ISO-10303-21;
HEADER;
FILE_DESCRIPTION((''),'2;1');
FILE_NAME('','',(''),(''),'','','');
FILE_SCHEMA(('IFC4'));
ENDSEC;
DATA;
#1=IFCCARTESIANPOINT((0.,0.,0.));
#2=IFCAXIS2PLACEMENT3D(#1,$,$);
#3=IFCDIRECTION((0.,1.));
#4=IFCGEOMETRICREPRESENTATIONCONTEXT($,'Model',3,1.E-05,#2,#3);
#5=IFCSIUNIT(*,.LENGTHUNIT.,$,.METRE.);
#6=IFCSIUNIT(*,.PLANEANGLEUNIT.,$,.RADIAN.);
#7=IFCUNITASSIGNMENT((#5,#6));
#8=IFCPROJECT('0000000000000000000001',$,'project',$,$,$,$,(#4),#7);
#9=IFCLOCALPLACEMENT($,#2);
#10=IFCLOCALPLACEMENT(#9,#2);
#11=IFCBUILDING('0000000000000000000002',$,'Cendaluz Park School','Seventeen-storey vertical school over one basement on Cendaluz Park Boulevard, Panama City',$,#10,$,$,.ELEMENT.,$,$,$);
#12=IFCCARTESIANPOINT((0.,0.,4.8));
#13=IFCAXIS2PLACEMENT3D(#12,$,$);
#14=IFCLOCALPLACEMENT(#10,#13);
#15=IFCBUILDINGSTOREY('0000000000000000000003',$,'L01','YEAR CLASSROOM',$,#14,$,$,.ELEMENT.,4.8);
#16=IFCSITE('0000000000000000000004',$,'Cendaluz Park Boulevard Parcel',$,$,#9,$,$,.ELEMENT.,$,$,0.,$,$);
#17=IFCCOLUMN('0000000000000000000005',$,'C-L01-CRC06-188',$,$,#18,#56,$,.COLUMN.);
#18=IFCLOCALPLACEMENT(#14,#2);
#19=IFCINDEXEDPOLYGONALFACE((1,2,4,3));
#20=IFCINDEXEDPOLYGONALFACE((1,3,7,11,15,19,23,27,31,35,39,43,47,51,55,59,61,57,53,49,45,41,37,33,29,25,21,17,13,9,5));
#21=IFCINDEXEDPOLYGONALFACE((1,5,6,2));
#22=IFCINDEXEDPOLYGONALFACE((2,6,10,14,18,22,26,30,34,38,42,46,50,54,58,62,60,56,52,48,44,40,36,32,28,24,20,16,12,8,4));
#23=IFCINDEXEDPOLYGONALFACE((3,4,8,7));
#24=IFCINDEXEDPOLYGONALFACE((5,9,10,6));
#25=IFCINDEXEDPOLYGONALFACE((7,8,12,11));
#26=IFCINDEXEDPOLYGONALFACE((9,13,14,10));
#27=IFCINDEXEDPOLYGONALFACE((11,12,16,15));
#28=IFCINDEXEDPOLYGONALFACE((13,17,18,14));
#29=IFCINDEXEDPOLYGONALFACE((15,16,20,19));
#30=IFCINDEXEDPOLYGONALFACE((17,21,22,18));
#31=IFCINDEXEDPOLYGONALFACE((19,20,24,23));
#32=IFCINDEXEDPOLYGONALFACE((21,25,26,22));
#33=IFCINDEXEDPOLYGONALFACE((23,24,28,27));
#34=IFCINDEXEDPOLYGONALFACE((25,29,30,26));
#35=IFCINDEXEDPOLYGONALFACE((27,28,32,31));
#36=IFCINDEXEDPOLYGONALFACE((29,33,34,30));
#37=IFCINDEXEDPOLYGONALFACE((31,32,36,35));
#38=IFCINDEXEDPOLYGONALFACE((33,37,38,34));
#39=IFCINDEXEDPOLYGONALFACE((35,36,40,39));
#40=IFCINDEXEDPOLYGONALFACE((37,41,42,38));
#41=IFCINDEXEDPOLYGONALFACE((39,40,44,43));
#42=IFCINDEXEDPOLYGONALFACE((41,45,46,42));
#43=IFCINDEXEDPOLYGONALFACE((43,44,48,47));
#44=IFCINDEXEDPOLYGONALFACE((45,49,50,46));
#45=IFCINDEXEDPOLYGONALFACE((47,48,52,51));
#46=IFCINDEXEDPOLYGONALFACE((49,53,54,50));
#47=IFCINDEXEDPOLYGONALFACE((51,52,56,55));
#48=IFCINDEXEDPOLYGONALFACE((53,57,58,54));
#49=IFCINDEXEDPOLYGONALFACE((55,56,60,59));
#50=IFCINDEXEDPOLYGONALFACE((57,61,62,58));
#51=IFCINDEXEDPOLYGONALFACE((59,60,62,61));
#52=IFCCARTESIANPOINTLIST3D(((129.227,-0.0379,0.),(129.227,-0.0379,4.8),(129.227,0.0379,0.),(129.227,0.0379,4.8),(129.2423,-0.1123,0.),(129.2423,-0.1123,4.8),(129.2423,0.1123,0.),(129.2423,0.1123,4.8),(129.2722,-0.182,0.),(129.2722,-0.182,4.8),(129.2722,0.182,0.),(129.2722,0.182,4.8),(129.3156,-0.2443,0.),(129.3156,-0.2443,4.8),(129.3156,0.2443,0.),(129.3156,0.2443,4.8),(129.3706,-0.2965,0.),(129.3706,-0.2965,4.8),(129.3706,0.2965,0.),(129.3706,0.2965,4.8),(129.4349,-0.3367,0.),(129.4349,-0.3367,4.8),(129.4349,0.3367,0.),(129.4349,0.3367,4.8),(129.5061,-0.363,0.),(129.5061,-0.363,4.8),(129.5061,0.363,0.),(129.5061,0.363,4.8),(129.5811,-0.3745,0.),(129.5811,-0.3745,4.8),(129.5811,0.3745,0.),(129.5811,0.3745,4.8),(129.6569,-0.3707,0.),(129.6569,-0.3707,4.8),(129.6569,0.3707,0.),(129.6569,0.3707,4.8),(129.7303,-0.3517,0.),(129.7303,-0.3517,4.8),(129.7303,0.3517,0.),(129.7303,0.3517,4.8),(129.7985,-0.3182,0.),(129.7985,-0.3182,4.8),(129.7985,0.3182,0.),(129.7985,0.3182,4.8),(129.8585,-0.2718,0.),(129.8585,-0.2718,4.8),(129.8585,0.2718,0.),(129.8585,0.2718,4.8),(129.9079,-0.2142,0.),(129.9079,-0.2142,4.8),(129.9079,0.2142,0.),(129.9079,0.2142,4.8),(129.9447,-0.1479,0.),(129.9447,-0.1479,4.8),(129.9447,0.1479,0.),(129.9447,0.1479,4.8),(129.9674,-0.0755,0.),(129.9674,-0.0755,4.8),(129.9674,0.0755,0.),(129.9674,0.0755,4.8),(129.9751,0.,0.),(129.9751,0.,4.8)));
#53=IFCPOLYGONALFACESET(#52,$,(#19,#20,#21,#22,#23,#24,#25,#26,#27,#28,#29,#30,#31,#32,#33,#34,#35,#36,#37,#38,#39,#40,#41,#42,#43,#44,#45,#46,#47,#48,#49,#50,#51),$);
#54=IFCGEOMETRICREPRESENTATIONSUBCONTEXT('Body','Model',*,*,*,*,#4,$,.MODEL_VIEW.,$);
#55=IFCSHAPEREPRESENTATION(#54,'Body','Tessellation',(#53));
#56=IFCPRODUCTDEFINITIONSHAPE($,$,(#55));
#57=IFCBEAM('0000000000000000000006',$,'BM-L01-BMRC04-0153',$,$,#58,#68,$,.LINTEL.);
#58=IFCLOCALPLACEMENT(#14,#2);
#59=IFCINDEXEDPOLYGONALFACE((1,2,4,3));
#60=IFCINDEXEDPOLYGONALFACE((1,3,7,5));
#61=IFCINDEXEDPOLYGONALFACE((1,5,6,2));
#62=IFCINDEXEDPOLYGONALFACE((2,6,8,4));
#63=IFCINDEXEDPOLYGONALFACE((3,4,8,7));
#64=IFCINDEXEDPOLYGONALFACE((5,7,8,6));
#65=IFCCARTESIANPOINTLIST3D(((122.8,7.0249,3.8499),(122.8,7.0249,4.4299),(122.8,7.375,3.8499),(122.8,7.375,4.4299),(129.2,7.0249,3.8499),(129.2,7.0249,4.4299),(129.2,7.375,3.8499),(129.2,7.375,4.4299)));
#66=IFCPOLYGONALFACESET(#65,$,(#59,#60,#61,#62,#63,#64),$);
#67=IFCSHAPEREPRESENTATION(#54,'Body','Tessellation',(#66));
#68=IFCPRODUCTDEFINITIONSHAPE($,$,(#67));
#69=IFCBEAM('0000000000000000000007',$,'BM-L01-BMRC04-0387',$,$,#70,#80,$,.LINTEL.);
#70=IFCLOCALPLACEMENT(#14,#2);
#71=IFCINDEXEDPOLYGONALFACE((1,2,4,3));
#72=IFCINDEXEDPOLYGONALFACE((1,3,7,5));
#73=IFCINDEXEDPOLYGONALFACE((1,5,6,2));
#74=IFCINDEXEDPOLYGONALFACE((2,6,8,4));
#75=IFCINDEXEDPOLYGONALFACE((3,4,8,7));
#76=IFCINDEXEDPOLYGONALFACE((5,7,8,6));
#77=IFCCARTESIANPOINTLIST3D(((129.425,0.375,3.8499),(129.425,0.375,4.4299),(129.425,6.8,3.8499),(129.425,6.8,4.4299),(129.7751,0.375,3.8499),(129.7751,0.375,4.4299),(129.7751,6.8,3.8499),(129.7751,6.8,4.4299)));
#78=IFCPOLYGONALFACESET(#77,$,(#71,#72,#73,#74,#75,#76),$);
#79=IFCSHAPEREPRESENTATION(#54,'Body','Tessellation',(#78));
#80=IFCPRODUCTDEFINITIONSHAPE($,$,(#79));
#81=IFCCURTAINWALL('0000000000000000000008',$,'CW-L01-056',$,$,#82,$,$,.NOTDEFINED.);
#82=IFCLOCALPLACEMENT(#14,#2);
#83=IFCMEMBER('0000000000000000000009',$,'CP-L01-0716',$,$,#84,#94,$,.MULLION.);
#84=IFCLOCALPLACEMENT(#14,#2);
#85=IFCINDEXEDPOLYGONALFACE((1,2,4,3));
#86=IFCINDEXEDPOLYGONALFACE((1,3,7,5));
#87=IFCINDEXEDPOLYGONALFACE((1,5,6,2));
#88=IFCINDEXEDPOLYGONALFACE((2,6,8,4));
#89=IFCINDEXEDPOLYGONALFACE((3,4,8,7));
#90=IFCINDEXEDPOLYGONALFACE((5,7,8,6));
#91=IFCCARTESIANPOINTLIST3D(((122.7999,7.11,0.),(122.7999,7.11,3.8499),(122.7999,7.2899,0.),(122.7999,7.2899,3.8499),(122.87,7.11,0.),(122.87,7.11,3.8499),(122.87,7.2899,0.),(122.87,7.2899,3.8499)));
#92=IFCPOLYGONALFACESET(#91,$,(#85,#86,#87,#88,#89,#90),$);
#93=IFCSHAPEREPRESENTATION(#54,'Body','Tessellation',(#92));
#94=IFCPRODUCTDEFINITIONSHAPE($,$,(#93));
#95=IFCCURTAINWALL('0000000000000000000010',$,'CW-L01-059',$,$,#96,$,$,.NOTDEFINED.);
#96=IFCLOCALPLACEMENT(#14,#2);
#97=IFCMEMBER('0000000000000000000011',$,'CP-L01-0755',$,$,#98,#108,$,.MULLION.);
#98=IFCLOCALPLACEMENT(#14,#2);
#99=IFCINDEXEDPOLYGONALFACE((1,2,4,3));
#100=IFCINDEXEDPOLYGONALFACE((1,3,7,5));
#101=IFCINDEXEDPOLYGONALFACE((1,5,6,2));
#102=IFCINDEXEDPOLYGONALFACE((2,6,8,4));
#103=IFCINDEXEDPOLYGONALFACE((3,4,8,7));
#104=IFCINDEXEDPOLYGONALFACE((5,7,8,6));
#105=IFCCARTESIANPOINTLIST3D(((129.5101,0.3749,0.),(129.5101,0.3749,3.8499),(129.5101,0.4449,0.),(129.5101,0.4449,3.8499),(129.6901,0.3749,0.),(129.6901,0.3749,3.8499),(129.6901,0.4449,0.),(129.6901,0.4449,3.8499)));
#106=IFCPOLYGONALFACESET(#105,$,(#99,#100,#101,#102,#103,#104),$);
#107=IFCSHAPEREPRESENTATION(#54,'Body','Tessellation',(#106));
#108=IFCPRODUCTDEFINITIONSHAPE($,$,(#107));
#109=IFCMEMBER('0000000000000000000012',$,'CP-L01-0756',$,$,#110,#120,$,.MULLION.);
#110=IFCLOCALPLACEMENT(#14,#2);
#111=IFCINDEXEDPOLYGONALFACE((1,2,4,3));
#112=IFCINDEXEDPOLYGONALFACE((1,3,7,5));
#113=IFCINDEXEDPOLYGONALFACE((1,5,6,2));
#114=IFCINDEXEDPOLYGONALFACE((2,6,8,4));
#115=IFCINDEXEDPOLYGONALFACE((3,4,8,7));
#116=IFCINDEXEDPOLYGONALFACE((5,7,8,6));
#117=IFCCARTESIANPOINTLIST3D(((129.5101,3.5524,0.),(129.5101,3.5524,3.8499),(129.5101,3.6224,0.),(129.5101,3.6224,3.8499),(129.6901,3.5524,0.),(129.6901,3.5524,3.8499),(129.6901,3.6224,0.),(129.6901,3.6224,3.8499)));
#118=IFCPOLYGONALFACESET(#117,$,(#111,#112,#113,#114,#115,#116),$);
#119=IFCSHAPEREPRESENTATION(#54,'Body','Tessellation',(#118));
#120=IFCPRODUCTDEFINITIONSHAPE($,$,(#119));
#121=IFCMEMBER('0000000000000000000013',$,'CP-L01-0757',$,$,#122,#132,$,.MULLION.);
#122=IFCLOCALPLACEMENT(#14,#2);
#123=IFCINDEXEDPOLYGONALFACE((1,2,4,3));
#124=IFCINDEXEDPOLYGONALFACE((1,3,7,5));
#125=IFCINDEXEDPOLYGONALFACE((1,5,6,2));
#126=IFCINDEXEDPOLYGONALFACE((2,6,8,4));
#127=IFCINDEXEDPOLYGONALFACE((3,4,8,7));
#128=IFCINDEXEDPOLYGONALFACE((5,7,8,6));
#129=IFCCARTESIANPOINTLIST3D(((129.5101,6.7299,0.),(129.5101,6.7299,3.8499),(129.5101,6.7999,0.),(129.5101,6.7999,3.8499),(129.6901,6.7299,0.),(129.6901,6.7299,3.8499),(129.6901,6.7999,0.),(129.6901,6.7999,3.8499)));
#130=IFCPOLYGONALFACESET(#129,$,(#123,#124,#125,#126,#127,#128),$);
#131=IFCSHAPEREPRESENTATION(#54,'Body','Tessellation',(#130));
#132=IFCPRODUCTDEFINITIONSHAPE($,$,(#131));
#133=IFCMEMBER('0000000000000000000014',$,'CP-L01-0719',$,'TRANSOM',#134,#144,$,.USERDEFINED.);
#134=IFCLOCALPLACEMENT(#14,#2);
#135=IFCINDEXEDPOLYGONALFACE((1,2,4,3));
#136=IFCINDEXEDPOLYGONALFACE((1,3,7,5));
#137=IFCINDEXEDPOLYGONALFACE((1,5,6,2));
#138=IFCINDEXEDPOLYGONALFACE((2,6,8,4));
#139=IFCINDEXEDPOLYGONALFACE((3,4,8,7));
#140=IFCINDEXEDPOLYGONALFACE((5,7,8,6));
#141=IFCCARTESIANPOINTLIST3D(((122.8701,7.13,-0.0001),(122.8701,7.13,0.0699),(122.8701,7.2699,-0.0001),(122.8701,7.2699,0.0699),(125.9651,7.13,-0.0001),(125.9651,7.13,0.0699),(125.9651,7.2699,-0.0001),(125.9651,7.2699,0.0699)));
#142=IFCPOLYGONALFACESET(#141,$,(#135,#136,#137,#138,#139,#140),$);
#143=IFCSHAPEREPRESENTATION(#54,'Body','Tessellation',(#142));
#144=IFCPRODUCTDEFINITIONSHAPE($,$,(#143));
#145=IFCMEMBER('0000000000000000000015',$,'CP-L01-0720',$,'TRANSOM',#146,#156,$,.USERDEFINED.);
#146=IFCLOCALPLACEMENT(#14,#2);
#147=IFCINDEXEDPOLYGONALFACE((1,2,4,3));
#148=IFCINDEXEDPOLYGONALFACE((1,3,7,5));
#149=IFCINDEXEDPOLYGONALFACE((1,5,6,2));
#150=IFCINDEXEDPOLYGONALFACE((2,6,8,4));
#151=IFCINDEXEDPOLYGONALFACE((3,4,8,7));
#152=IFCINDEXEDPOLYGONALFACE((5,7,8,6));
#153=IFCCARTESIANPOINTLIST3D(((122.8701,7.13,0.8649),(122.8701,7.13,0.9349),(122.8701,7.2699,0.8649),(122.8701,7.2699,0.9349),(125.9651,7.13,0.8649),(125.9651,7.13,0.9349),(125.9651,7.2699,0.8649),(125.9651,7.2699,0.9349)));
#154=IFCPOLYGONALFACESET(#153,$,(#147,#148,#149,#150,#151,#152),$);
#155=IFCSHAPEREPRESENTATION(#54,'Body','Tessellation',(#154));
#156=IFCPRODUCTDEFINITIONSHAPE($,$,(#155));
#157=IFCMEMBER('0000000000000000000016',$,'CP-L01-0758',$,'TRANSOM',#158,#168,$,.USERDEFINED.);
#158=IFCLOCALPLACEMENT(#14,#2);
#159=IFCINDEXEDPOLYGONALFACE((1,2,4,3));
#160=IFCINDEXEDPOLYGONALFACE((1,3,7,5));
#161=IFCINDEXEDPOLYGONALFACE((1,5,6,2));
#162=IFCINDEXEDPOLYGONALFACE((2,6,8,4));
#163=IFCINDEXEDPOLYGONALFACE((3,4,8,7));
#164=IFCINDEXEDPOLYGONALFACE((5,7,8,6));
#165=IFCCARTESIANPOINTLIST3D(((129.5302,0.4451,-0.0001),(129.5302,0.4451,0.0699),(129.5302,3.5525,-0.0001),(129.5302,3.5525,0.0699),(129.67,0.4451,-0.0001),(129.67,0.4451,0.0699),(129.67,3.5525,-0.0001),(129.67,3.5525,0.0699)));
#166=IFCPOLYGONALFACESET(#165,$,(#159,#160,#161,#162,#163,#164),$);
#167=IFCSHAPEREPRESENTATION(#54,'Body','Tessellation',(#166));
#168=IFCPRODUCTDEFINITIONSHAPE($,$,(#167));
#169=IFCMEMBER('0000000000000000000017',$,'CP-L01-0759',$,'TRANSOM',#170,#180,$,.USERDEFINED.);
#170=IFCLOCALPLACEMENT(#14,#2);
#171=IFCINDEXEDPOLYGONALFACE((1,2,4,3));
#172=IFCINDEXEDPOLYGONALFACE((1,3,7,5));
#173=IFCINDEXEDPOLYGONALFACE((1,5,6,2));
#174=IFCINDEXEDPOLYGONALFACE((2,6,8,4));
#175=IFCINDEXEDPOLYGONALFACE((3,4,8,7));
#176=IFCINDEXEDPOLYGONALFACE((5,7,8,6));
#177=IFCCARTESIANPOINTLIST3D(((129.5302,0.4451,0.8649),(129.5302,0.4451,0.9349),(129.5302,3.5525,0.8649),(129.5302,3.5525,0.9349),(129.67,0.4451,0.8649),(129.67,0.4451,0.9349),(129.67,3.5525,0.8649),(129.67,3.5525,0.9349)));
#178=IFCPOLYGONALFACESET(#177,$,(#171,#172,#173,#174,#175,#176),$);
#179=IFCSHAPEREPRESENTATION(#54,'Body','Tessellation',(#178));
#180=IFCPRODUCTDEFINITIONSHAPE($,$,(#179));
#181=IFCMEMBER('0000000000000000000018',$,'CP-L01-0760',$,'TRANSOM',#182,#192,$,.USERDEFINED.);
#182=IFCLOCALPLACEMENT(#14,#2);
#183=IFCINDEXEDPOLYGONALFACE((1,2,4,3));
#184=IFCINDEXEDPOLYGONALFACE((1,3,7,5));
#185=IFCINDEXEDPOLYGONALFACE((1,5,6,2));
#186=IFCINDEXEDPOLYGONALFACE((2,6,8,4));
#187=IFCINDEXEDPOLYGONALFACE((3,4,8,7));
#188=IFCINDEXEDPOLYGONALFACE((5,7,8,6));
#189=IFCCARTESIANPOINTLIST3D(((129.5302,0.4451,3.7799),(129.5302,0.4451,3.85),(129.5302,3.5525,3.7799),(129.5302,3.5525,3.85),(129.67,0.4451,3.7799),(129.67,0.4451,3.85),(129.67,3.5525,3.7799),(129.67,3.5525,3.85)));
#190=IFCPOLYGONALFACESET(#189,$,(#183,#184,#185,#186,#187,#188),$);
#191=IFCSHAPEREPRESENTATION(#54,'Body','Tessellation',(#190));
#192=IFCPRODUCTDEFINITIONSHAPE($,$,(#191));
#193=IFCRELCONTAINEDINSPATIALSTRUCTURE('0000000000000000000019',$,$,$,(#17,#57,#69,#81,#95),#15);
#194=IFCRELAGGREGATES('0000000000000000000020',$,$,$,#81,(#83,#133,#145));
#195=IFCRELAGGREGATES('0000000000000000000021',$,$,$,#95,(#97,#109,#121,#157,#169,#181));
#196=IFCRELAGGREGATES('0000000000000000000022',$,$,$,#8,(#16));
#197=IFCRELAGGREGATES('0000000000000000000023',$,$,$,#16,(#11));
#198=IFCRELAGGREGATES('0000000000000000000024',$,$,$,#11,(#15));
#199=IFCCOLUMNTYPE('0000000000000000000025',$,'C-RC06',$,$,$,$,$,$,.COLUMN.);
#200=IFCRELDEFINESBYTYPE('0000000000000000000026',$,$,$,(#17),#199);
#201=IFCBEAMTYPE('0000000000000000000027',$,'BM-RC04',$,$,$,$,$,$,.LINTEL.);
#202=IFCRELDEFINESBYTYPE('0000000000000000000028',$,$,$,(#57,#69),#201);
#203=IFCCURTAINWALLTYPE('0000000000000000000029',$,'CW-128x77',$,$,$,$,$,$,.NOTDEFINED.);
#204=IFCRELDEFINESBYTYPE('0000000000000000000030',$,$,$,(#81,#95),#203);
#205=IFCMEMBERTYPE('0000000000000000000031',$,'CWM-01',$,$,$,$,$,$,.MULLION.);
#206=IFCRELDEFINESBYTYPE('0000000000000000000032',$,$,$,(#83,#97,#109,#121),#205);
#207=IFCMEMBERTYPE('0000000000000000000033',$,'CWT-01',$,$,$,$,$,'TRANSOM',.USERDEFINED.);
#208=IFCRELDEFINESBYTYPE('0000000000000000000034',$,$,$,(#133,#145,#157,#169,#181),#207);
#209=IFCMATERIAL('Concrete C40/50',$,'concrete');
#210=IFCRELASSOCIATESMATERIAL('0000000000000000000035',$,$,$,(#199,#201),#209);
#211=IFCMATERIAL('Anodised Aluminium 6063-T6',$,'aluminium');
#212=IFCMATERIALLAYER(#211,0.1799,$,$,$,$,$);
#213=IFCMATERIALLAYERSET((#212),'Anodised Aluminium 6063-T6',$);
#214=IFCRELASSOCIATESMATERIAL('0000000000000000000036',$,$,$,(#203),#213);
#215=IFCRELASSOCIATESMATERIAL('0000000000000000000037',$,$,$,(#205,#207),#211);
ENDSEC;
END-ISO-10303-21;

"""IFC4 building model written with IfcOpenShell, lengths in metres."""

from ifc_helpers import new_model, si_unit, direction, frame, origin, origin_2d, place, context, subcontext, project, spatial, rectangle, circle, extrude, material, layer, layer_set, material_profile, profile_set, type_object, element, aggregate, save


model = new_model("IFC4")

# Units and contexts
model_context = context("Model", 3, precision=1e-05, world=origin(), true_north=direction((0.0, 1.0)))
body_context = subcontext(model_context, "Body", "Model", "MODEL_VIEW")
ifc_project = project(units=[si_unit("LENGTHUNIT", "METRE"), si_unit("PLANEANGLEUNIT", "RADIAN")], contexts=[model_context])

# Site, building, storey
site_placement = place(None, origin())
site = spatial("IfcSite", under=ifc_project, at=site_placement, Name="Cendaluz Park Boulevard Parcel", CompositionType="ELEMENT", RefElevation=0.0)
building_placement = place(site_placement, origin())
building = spatial("IfcBuilding", under=site, at=building_placement, Name="Cendaluz Park School", Description="Seventeen-storey vertical school over one basement on Cendaluz Park Boulevard, Panama City", CompositionType="ELEMENT")
storey_placement = place(building_placement, frame((0.0, 0.0, 4.8)))
storey = spatial("IfcBuildingStorey", under=building, at=storey_placement, Name="L01", Description="YEAR CLASSROOM", CompositionType="ELEMENT", Elevation=4.8)

# Column
ifc_material_1 = material(Name="Concrete C40/50", Category="concrete")
ifc_material_profile_1 = material_profile(ifc_material_1, circle(Radius=0.375, at=origin_2d()), Name="RC D750", Category="concrete")
ifc_profile_set_1 = profile_set([ifc_material_profile_1], Name="Concrete C40/50")
column_type = type_object("IfcColumnType", Name="C-RC06", PredefinedType="COLUMN", material=ifc_profile_set_1)
column_placement = place(storey_placement, frame((129.6001, 0.0, 0.0), z_axis=(0.0, 0.0, 1.0), x_axis=(1.0, 0.0, 0.0)))
element("IfcColumn", 1, at=column_placement, inside=storey, type_object=column_type, Name="C-L01-CRC06-188", PredefinedType="COLUMN", context=body_context, shape_type="SweptSolid", body=[
    extrude(circle(Radius=0.375, at=origin_2d()), origin(), (0.0, 0.0, 1.0), 4.8),
])

# Beams
ifc_material_profile_2 = material_profile(ifc_material_1, rectangle(XDim=0.3501, YDim=0.5801, at=origin_2d()), Name="RC 350x580", Category="concrete")
ifc_profile_set_2 = profile_set([ifc_material_profile_2], Name="Concrete C40/50")
beam_type = type_object("IfcBeamType", Name="BM-RC04", PredefinedType="LINTEL", material=ifc_profile_set_2)
beam_1_placement = place(storey_placement, frame((122.8, 7.2, 4.1399), z_axis=(1.0, 0.0, 0.0), x_axis=(0.0, 1.0, 0.0)))
element("IfcBeam", 2, at=beam_1_placement, inside=storey, type_object=beam_type, Name="BM-L01-BMRC04-0153", PredefinedType="LINTEL", context=body_context, shape_type="SweptSolid", body=[
    extrude(rectangle(XDim=0.3501, YDim=0.5801, at=origin_2d()), origin(), (0.0, 0.0, 1.0), 6.3999),
])
beam_2_placement = place(storey_placement, frame((129.6001, 0.375, 4.1399), z_axis=(0.0, 1.0, 0.0), x_axis=(-1.0, 0.0, 0.0)))
element("IfcBeam", 3, at=beam_2_placement, inside=storey, type_object=beam_type, Name="BM-L01-BMRC04-0387", PredefinedType="LINTEL", context=body_context, shape_type="SweptSolid", body=[
    extrude(rectangle(XDim=0.3501, YDim=0.5801, at=origin_2d()), origin(), (0.0, 0.0, 1.0), 6.425),
])

# Curtain wall, member
ifc_material_2 = material(Name="Anodised Aluminium 6063-T6", Category="aluminium")
ifc_layer_1 = layer(ifc_material_2, 0.1799)
ifc_layer_set_1 = layer_set([ifc_layer_1], Name="Anodised Aluminium 6063-T6")
curtain_wall_type = type_object("IfcCurtainWallType", Name="CW-128x77", PredefinedType="NOTDEFINED", material=ifc_layer_set_1)
curtain_wall_1_placement = place(storey_placement, origin())
curtain_wall_1 = element("IfcCurtainWall", 4, at=curtain_wall_1_placement, inside=storey, type_object=curtain_wall_type, Name="CW-L01-056", PredefinedType="NOTDEFINED")
ifc_material_profile_3 = material_profile(ifc_material_2, rectangle(XDim=0.1799, YDim=0.0701, at=origin_2d()), Name="CWM 180x70", Category="aluminium")
ifc_profile_set_3 = profile_set([ifc_material_profile_3], Name="Anodised Aluminium 6063-T6")
member_type_1 = type_object("IfcMemberType", Name="CWM-01", PredefinedType="MULLION", material=ifc_profile_set_3)
member_1_placement = place(storey_placement, frame((122.835, 7.2, 0.0), z_axis=(0.0, 0.0, 1.0), x_axis=(0.0, 1.0, 0.0)))
member_1 = element("IfcMember", 5, at=member_1_placement, type_object=member_type_1, Name="CP-L01-0716", PredefinedType="MULLION", context=body_context, shape_type="SweptSolid", body=[
    extrude(rectangle(XDim=0.1799, YDim=0.0701, at=origin_2d()), origin(), (0.0, 0.0, 1.0), 3.8499),
])

# Curtain wall, members
curtain_wall_2_placement = place(storey_placement, origin())
curtain_wall_2 = element("IfcCurtainWall", 6, at=curtain_wall_2_placement, inside=storey, type_object=curtain_wall_type, Name="CW-L01-059", PredefinedType="NOTDEFINED")
member_2_placement = place(storey_placement, frame((129.6001, 0.4099, 0.0), z_axis=(0.0, 0.0, 1.0), x_axis=(-1.0, 0.0, 0.0)))
member_2 = element("IfcMember", 7, at=member_2_placement, type_object=member_type_1, Name="CP-L01-0755", PredefinedType="MULLION", context=body_context, shape_type="SweptSolid", body=[
    extrude(rectangle(XDim=0.1799, YDim=0.0701, at=origin_2d()), origin(), (0.0, 0.0, 1.0), 3.8499),
])
member_3_placement = place(storey_placement, frame((129.6001, 3.5874, 0.0), z_axis=(0.0, 0.0, 1.0), x_axis=(-1.0, 0.0, 0.0)))
member_3 = element("IfcMember", 8, at=member_3_placement, type_object=member_type_1, Name="CP-L01-0756", PredefinedType="MULLION", context=body_context, shape_type="SweptSolid", body=[
    extrude(rectangle(XDim=0.1799, YDim=0.0701, at=origin_2d()), origin(), (0.0, 0.0, 1.0), 3.8499),
])
member_4_placement = place(storey_placement, frame((129.6001, 6.7649, 0.0), z_axis=(0.0, 0.0, 1.0), x_axis=(-1.0, 0.0, 0.0)))
member_4 = element("IfcMember", 9, at=member_4_placement, type_object=member_type_1, Name="CP-L01-0757", PredefinedType="MULLION", context=body_context, shape_type="SweptSolid", body=[
    extrude(rectangle(XDim=0.1799, YDim=0.0701, at=origin_2d()), origin(), (0.0, 0.0, 1.0), 3.8499),
])

# Members
ifc_material_profile_4 = material_profile(ifc_material_2, rectangle(XDim=0.1399, YDim=0.0701, at=origin_2d()), Name="CWT 140x70", Category="aluminium")
ifc_profile_set_4 = profile_set([ifc_material_profile_4], Name="Anodised Aluminium 6063-T6")
member_type_2 = type_object("IfcMemberType", Name="CWT-01", ElementType="TRANSOM", PredefinedType="USERDEFINED", material=ifc_profile_set_4)
member_5_placement = place(storey_placement, frame((122.8701, 7.2, 0.0349), z_axis=(1.0, 0.0, 0.0), x_axis=(0.0, 1.0, 0.0)))
member_5 = element("IfcMember", 10, at=member_5_placement, type_object=member_type_2, Name="CP-L01-0719", ObjectType="TRANSOM", PredefinedType="USERDEFINED", context=body_context, shape_type="SweptSolid", body=[
    extrude(rectangle(XDim=0.1399, YDim=0.0701, at=origin_2d()), origin(), (0.0, 0.0, 1.0), 3.095),
])
member_6_placement = place(storey_placement, frame((122.8701, 7.2, 0.8999), z_axis=(1.0, 0.0, 0.0), x_axis=(0.0, 1.0, 0.0)))
member_6 = element("IfcMember", 11, at=member_6_placement, type_object=member_type_2, Name="CP-L01-0720", ObjectType="TRANSOM", PredefinedType="USERDEFINED", context=body_context, shape_type="SweptSolid", body=[
    extrude(rectangle(XDim=0.1399, YDim=0.0701, at=origin_2d()), origin(), (0.0, 0.0, 1.0), 3.095),
])
aggregate(curtain_wall_1, [member_1, member_5, member_6])
member_7_placement = place(storey_placement, frame((129.6001, 0.4451, 0.0349), z_axis=(0.0, 1.0, 0.0), x_axis=(-1.0, 0.0, 0.0)))
member_7 = element("IfcMember", 12, at=member_7_placement, type_object=member_type_2, Name="CP-L01-0758", ObjectType="TRANSOM", PredefinedType="USERDEFINED", context=body_context, shape_type="SweptSolid", body=[
    extrude(rectangle(XDim=0.1399, YDim=0.0701, at=origin_2d()), origin(), (0.0, 0.0, 1.0), 3.1074),
])
member_8_placement = place(storey_placement, frame((129.6001, 0.4451, 0.8999), z_axis=(0.0, 1.0, 0.0), x_axis=(-1.0, 0.0, 0.0)))
member_8 = element("IfcMember", 13, at=member_8_placement, type_object=member_type_2, Name="CP-L01-0759", ObjectType="TRANSOM", PredefinedType="USERDEFINED", context=body_context, shape_type="SweptSolid", body=[
    extrude(rectangle(XDim=0.1399, YDim=0.0701, at=origin_2d()), origin(), (0.0, 0.0, 1.0), 3.1074),
])
member_9_placement = place(storey_placement, frame((129.6001, 0.4451, 3.8149), z_axis=(0.0, 1.0, 0.0), x_axis=(-1.0, 0.0, 0.0)))
member_9 = element("IfcMember", 14, at=member_9_placement, type_object=member_type_2, Name="CP-L01-0760", ObjectType="TRANSOM", PredefinedType="USERDEFINED", context=body_context, shape_type="SweptSolid", body=[
    extrude(rectangle(XDim=0.1399, YDim=0.0701, at=origin_2d()), origin(), (0.0, 0.0, 1.0), 3.1074),
])

aggregate(curtain_wall_2, [member_2, member_3, member_4, member_7, member_8, member_9])

save(model, "model.ifc")
